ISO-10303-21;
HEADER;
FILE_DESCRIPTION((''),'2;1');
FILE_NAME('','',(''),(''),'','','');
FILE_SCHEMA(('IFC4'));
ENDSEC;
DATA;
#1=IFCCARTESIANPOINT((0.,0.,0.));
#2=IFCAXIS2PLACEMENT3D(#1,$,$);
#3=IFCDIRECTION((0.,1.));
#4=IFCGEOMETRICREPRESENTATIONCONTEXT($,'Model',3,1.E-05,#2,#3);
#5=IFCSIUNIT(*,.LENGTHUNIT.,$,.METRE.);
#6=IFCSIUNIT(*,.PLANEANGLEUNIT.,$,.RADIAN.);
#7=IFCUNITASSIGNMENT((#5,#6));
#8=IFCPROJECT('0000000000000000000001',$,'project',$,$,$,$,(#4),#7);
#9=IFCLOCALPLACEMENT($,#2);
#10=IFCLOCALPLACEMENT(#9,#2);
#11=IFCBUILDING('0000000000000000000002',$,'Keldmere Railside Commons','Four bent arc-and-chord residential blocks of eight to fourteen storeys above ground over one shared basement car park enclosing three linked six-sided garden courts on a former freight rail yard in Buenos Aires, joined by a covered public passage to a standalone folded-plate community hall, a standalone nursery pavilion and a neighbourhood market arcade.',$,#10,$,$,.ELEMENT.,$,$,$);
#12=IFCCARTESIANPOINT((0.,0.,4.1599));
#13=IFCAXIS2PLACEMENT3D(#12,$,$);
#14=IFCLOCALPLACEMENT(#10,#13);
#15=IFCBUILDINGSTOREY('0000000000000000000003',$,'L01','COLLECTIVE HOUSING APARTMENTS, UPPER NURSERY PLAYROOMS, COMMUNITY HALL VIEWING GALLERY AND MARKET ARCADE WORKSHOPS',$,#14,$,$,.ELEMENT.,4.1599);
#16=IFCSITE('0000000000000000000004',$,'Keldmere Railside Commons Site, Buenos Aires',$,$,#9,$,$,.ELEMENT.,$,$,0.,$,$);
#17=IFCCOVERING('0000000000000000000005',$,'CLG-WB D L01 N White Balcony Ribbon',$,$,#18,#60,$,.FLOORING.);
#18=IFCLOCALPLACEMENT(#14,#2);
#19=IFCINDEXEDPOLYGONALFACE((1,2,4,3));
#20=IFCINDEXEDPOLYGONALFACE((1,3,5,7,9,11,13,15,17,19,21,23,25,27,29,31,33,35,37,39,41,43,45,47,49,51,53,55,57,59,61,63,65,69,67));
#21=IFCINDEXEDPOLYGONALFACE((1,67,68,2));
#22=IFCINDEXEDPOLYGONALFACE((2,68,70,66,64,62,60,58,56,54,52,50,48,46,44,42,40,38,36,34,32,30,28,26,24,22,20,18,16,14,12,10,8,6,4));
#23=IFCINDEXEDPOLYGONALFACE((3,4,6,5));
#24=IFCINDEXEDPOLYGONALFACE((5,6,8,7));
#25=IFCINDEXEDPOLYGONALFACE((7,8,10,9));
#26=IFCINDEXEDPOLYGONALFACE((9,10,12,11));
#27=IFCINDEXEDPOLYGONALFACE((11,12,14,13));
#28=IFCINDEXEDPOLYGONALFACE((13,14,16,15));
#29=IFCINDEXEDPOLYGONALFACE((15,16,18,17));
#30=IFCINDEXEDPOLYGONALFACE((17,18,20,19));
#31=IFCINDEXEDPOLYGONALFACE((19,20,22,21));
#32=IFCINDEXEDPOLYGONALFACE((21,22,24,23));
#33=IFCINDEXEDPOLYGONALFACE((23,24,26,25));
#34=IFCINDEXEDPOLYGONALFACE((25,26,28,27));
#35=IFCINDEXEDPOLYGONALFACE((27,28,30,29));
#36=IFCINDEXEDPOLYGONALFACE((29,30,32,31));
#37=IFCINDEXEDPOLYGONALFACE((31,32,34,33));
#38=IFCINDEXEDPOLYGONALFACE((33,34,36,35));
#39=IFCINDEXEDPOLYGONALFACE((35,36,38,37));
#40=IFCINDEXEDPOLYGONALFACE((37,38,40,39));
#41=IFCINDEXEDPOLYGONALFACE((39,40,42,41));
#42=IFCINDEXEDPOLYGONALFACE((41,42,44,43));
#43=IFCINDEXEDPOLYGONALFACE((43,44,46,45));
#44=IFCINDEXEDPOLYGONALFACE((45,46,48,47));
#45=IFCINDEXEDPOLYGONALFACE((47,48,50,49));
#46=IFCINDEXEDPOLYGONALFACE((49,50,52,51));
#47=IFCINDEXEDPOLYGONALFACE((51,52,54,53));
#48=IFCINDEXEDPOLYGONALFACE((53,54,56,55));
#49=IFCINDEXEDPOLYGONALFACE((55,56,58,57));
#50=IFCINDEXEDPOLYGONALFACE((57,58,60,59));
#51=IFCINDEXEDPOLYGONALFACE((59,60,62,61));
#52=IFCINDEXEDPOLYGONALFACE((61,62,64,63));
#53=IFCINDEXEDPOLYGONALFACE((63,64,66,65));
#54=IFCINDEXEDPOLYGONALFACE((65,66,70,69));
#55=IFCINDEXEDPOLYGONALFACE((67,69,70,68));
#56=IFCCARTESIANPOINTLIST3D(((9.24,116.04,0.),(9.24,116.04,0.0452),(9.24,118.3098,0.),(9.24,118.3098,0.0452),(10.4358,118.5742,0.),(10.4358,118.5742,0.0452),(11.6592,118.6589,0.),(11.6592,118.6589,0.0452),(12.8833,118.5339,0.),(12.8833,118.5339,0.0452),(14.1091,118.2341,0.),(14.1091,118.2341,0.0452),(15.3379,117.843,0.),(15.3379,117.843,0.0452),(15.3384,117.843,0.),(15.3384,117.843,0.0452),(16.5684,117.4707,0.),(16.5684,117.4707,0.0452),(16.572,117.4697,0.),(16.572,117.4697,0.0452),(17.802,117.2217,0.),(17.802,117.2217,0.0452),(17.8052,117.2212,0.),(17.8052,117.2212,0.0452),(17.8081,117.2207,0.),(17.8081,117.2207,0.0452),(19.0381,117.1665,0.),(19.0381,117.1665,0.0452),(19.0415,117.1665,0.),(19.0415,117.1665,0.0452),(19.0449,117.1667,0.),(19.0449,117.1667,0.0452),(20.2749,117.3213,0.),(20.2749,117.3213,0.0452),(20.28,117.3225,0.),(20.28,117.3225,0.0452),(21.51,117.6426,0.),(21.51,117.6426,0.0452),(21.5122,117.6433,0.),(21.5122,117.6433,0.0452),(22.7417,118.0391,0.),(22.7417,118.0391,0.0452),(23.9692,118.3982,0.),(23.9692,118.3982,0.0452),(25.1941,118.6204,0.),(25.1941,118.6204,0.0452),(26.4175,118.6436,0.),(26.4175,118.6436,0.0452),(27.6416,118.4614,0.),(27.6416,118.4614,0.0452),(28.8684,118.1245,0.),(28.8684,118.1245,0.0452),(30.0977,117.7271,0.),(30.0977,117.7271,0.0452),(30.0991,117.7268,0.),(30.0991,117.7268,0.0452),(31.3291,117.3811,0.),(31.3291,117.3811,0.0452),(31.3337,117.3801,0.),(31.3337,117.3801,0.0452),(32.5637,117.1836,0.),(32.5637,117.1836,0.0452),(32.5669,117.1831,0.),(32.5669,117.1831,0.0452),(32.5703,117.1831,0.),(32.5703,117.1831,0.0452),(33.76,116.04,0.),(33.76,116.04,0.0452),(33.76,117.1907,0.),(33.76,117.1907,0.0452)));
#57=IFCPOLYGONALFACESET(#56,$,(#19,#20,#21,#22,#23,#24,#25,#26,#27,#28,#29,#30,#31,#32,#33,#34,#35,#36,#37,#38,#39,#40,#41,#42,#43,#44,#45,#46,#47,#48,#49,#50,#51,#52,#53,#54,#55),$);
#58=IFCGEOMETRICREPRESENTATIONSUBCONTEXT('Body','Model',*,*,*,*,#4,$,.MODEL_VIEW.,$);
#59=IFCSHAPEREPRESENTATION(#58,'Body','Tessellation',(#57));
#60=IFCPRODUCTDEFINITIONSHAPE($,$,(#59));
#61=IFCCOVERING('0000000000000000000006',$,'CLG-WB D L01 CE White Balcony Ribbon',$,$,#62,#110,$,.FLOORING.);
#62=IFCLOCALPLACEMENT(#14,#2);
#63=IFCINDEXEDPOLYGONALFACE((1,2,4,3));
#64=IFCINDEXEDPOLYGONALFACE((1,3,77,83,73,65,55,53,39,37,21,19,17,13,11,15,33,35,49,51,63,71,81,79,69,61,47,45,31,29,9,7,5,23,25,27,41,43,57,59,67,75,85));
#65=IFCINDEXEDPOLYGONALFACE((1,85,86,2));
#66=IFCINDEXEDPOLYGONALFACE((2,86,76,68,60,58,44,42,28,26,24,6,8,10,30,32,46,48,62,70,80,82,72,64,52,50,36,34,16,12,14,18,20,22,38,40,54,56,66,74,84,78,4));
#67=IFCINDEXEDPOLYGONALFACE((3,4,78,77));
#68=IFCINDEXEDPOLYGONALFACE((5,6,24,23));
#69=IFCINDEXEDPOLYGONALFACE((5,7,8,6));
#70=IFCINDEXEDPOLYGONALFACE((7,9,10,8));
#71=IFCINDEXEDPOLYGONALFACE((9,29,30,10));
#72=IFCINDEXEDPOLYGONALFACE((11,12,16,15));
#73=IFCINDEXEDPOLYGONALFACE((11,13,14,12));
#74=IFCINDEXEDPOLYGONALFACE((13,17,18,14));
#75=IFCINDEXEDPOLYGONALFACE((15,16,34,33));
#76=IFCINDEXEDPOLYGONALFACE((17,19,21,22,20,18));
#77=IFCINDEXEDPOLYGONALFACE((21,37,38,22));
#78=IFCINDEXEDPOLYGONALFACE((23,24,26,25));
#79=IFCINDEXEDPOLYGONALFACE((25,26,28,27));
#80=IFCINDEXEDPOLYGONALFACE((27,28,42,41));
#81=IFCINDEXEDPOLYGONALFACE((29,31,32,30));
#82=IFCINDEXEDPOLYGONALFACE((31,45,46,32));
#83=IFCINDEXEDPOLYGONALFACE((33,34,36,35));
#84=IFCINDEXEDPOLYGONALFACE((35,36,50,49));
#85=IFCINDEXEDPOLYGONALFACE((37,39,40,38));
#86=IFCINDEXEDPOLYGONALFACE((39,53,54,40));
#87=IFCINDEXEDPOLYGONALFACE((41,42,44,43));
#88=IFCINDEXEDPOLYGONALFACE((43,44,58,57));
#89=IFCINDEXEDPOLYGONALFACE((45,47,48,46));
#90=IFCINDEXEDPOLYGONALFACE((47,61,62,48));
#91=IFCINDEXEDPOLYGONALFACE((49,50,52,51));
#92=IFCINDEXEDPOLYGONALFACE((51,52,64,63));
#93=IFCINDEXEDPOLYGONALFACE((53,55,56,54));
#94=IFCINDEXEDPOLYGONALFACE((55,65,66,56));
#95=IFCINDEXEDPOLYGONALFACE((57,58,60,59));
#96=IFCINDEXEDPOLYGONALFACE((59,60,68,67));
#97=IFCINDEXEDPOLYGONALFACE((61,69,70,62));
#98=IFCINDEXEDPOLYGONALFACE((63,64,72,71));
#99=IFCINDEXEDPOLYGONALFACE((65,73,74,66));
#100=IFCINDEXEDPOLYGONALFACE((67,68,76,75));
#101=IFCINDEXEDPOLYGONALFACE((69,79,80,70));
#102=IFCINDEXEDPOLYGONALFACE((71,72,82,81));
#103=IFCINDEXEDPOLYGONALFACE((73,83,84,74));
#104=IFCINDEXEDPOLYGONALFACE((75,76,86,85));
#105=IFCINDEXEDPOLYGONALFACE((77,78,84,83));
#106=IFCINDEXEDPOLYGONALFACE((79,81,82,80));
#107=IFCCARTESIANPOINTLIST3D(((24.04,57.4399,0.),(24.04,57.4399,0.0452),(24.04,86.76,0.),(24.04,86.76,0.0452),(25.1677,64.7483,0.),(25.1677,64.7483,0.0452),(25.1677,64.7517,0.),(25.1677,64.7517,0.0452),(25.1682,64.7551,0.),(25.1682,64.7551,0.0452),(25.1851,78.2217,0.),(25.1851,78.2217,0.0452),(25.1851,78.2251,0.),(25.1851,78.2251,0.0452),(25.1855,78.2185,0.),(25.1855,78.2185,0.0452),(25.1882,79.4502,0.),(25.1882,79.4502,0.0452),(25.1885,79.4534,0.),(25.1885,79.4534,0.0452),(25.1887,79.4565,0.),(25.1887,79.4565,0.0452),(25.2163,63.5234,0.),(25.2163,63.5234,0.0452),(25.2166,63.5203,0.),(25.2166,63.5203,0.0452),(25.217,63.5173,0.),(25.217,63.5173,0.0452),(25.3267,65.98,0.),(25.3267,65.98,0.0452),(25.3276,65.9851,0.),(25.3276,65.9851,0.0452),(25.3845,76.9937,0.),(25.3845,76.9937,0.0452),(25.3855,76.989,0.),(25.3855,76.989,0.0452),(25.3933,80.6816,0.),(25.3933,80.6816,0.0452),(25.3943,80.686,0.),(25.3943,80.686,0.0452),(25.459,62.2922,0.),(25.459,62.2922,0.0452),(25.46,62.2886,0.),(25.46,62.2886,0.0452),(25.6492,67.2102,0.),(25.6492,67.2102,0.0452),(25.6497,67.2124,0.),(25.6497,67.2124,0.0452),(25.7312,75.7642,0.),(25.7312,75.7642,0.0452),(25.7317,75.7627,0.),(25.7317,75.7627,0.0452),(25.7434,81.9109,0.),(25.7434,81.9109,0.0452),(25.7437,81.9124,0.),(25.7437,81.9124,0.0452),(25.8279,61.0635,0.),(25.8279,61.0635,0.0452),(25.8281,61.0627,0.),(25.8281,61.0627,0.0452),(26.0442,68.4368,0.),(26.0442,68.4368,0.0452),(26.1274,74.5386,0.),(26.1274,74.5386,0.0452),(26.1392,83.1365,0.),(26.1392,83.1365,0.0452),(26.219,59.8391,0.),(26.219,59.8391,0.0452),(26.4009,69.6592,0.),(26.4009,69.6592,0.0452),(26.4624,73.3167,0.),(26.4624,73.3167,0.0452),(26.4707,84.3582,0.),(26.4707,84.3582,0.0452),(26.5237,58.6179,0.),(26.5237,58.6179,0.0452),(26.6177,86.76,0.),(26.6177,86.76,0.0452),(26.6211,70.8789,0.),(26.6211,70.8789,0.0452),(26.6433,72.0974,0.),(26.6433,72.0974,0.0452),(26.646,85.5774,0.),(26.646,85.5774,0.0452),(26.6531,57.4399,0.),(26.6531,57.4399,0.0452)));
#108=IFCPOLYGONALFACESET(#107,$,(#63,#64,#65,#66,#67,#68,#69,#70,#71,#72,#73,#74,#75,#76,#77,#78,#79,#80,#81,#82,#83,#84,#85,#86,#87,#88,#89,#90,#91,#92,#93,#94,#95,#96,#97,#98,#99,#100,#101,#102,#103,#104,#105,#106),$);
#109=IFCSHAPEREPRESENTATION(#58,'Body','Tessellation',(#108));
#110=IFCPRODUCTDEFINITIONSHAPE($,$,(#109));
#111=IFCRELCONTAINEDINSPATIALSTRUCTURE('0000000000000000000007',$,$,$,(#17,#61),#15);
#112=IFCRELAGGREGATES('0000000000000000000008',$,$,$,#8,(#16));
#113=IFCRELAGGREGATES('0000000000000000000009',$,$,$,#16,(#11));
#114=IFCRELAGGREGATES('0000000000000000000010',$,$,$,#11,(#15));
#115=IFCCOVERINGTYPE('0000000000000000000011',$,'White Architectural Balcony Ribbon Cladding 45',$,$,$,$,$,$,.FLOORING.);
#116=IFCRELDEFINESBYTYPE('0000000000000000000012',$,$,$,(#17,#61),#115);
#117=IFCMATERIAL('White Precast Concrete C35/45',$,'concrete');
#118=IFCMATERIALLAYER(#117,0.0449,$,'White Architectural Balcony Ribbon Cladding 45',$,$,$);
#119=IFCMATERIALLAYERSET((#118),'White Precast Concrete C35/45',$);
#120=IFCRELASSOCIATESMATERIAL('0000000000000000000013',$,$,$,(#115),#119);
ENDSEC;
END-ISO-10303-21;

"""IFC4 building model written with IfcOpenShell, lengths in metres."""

from ifc_helpers import new_model, si_unit, direction, frame, origin, place, context, subcontext, project, spatial, polyline, outline, extrude, material, layer, layer_set, type_object, element, save


model = new_model("IFC4")

# Units and contexts
model_context = context("Model", 3, precision=1e-05, world=origin(), true_north=direction((0.0, 1.0)))
body_context = subcontext(model_context, "Body", "Model", "MODEL_VIEW")
ifc_project = project(units=[si_unit("LENGTHUNIT", "METRE"), si_unit("PLANEANGLEUNIT", "RADIAN")], contexts=[model_context])

# Site, building, storey
site_placement = place(None, origin())
site = spatial("IfcSite", under=ifc_project, at=site_placement, Name="Keldmere Railside Commons Site, Buenos Aires", CompositionType="ELEMENT", RefElevation=0.0)
building_placement = place(site_placement, origin())
building = spatial("IfcBuilding", under=site, at=building_placement, Name="Keldmere Railside Commons", Description="Four bent arc-and-chord residential blocks of eight to fourteen storeys above ground over one shared basement car park enclosing three linked six-sided garden courts on a former freight rail yard in Buenos Aires, joined by a covered public passage to a standalone folded-plate community hall, a standalone nursery pavilion and a neighbourhood market arcade.", CompositionType="ELEMENT")
storey_placement = place(building_placement, frame((0.0, 0.0, 4.1599)))
storey = spatial("IfcBuildingStorey", under=building, at=storey_placement, Name="L01", Description="COLLECTIVE HOUSING APARTMENTS, UPPER NURSERY PLAYROOMS, COMMUNITY HALL VIEWING GALLERY AND MARKET ARCADE WORKSHOPS", CompositionType="ELEMENT", Elevation=4.1599)

# Coverings
ifc_material_1 = material(Name="White Precast Concrete C35/45", Category="concrete")
ifc_layer_1 = layer(ifc_material_1, 0.0449, Name="White Architectural Balcony Ribbon Cladding 45")
ifc_layer_set_1 = layer_set([ifc_layer_1], Name="White Precast Concrete C35/45")
covering_type = type_object("IfcCoveringType", Name="White Architectural Balcony Ribbon Cladding 45", PredefinedType="FLOORING", material=ifc_layer_set_1)
covering_1_placement = place(storey_placement, origin())
element("IfcCovering", 1, at=covering_1_placement, inside=storey, type_object=covering_type, Name="CLG-WB D L01 N White Balcony Ribbon", PredefinedType="FLOORING", context=body_context, shape_type="SweptSolid", body=[
    extrude(outline(polyline([(33.76, 116.04), (33.76, 117.1907), (32.5703, 117.1831), (32.5669, 117.1831), (32.5637, 117.1836), (31.3337, 117.3801), (31.3291, 117.3811), (30.0991, 117.7268), (30.0977, 117.7271), (28.8684, 118.1245), (27.6416, 118.4614), (26.4175, 118.6436), (25.1941, 118.6204), (23.9692, 118.3982), (22.7417, 118.0391), (21.5122, 117.6433), (21.51, 117.6426), (20.28, 117.3225), (20.2749, 117.3213), (19.0449, 117.1667), (19.0415, 117.1665), (19.0381, 117.1665), (17.8081, 117.2207), (17.8052, 117.2212), (17.802, 117.2217), (16.572, 117.4697), (16.5684, 117.4707), (15.3384, 117.843), (15.3379, 117.843), (14.1091, 118.2341), (12.8833, 118.5339), (11.6592, 118.6589), (10.4358, 118.5742), (9.24, 118.3098), (9.24, 116.04), (33.76, 116.04)])), origin(), (0.0, 0.0, 1.0), 0.0452),
])
covering_2_placement = place(storey_placement, origin())
element("IfcCovering", 2, at=covering_2_placement, inside=storey, type_object=covering_type, Name="CLG-WB D L01 CE White Balcony Ribbon", PredefinedType="FLOORING", context=body_context, shape_type="SweptSolid", body=[
    extrude(outline(polyline([(26.5237, 58.6179), (26.219, 59.8391), (25.8281, 61.0627), (25.8279, 61.0635), (25.46, 62.2886), (25.459, 62.2922), (25.217, 63.5173), (25.2166, 63.5203), (25.2163, 63.5234), (25.1677, 64.7483), (25.1677, 64.7517), (25.1682, 64.7551), (25.3267, 65.98), (25.3276, 65.9851), (25.6492, 67.2102), (25.6497, 67.2124), (26.0442, 68.4368), (26.4009, 69.6592), (26.6211, 70.8789), (26.6433, 72.0974), (26.4624, 73.3167), (26.1274, 74.5386), (25.7317, 75.7627), (25.7312, 75.7642), (25.3855, 76.989), (25.3845, 76.9937), (25.1855, 78.2185), (25.1851, 78.2217), (25.1851, 78.2251), (25.1882, 79.4502), (25.1885, 79.4534), (25.1887, 79.4565), (25.3933, 80.6816), (25.3943, 80.686), (25.7434, 81.9109), (25.7437, 81.9124), (26.1392, 83.1365), (26.4707, 84.3582), (26.646, 85.5774), (26.6177, 86.76), (24.04, 86.76), (24.04, 57.4399), (26.6531, 57.4399), (26.5237, 58.6179)])), origin(), (0.0, 0.0, 1.0), 0.0452),
])

save(model, "model.ifc")
